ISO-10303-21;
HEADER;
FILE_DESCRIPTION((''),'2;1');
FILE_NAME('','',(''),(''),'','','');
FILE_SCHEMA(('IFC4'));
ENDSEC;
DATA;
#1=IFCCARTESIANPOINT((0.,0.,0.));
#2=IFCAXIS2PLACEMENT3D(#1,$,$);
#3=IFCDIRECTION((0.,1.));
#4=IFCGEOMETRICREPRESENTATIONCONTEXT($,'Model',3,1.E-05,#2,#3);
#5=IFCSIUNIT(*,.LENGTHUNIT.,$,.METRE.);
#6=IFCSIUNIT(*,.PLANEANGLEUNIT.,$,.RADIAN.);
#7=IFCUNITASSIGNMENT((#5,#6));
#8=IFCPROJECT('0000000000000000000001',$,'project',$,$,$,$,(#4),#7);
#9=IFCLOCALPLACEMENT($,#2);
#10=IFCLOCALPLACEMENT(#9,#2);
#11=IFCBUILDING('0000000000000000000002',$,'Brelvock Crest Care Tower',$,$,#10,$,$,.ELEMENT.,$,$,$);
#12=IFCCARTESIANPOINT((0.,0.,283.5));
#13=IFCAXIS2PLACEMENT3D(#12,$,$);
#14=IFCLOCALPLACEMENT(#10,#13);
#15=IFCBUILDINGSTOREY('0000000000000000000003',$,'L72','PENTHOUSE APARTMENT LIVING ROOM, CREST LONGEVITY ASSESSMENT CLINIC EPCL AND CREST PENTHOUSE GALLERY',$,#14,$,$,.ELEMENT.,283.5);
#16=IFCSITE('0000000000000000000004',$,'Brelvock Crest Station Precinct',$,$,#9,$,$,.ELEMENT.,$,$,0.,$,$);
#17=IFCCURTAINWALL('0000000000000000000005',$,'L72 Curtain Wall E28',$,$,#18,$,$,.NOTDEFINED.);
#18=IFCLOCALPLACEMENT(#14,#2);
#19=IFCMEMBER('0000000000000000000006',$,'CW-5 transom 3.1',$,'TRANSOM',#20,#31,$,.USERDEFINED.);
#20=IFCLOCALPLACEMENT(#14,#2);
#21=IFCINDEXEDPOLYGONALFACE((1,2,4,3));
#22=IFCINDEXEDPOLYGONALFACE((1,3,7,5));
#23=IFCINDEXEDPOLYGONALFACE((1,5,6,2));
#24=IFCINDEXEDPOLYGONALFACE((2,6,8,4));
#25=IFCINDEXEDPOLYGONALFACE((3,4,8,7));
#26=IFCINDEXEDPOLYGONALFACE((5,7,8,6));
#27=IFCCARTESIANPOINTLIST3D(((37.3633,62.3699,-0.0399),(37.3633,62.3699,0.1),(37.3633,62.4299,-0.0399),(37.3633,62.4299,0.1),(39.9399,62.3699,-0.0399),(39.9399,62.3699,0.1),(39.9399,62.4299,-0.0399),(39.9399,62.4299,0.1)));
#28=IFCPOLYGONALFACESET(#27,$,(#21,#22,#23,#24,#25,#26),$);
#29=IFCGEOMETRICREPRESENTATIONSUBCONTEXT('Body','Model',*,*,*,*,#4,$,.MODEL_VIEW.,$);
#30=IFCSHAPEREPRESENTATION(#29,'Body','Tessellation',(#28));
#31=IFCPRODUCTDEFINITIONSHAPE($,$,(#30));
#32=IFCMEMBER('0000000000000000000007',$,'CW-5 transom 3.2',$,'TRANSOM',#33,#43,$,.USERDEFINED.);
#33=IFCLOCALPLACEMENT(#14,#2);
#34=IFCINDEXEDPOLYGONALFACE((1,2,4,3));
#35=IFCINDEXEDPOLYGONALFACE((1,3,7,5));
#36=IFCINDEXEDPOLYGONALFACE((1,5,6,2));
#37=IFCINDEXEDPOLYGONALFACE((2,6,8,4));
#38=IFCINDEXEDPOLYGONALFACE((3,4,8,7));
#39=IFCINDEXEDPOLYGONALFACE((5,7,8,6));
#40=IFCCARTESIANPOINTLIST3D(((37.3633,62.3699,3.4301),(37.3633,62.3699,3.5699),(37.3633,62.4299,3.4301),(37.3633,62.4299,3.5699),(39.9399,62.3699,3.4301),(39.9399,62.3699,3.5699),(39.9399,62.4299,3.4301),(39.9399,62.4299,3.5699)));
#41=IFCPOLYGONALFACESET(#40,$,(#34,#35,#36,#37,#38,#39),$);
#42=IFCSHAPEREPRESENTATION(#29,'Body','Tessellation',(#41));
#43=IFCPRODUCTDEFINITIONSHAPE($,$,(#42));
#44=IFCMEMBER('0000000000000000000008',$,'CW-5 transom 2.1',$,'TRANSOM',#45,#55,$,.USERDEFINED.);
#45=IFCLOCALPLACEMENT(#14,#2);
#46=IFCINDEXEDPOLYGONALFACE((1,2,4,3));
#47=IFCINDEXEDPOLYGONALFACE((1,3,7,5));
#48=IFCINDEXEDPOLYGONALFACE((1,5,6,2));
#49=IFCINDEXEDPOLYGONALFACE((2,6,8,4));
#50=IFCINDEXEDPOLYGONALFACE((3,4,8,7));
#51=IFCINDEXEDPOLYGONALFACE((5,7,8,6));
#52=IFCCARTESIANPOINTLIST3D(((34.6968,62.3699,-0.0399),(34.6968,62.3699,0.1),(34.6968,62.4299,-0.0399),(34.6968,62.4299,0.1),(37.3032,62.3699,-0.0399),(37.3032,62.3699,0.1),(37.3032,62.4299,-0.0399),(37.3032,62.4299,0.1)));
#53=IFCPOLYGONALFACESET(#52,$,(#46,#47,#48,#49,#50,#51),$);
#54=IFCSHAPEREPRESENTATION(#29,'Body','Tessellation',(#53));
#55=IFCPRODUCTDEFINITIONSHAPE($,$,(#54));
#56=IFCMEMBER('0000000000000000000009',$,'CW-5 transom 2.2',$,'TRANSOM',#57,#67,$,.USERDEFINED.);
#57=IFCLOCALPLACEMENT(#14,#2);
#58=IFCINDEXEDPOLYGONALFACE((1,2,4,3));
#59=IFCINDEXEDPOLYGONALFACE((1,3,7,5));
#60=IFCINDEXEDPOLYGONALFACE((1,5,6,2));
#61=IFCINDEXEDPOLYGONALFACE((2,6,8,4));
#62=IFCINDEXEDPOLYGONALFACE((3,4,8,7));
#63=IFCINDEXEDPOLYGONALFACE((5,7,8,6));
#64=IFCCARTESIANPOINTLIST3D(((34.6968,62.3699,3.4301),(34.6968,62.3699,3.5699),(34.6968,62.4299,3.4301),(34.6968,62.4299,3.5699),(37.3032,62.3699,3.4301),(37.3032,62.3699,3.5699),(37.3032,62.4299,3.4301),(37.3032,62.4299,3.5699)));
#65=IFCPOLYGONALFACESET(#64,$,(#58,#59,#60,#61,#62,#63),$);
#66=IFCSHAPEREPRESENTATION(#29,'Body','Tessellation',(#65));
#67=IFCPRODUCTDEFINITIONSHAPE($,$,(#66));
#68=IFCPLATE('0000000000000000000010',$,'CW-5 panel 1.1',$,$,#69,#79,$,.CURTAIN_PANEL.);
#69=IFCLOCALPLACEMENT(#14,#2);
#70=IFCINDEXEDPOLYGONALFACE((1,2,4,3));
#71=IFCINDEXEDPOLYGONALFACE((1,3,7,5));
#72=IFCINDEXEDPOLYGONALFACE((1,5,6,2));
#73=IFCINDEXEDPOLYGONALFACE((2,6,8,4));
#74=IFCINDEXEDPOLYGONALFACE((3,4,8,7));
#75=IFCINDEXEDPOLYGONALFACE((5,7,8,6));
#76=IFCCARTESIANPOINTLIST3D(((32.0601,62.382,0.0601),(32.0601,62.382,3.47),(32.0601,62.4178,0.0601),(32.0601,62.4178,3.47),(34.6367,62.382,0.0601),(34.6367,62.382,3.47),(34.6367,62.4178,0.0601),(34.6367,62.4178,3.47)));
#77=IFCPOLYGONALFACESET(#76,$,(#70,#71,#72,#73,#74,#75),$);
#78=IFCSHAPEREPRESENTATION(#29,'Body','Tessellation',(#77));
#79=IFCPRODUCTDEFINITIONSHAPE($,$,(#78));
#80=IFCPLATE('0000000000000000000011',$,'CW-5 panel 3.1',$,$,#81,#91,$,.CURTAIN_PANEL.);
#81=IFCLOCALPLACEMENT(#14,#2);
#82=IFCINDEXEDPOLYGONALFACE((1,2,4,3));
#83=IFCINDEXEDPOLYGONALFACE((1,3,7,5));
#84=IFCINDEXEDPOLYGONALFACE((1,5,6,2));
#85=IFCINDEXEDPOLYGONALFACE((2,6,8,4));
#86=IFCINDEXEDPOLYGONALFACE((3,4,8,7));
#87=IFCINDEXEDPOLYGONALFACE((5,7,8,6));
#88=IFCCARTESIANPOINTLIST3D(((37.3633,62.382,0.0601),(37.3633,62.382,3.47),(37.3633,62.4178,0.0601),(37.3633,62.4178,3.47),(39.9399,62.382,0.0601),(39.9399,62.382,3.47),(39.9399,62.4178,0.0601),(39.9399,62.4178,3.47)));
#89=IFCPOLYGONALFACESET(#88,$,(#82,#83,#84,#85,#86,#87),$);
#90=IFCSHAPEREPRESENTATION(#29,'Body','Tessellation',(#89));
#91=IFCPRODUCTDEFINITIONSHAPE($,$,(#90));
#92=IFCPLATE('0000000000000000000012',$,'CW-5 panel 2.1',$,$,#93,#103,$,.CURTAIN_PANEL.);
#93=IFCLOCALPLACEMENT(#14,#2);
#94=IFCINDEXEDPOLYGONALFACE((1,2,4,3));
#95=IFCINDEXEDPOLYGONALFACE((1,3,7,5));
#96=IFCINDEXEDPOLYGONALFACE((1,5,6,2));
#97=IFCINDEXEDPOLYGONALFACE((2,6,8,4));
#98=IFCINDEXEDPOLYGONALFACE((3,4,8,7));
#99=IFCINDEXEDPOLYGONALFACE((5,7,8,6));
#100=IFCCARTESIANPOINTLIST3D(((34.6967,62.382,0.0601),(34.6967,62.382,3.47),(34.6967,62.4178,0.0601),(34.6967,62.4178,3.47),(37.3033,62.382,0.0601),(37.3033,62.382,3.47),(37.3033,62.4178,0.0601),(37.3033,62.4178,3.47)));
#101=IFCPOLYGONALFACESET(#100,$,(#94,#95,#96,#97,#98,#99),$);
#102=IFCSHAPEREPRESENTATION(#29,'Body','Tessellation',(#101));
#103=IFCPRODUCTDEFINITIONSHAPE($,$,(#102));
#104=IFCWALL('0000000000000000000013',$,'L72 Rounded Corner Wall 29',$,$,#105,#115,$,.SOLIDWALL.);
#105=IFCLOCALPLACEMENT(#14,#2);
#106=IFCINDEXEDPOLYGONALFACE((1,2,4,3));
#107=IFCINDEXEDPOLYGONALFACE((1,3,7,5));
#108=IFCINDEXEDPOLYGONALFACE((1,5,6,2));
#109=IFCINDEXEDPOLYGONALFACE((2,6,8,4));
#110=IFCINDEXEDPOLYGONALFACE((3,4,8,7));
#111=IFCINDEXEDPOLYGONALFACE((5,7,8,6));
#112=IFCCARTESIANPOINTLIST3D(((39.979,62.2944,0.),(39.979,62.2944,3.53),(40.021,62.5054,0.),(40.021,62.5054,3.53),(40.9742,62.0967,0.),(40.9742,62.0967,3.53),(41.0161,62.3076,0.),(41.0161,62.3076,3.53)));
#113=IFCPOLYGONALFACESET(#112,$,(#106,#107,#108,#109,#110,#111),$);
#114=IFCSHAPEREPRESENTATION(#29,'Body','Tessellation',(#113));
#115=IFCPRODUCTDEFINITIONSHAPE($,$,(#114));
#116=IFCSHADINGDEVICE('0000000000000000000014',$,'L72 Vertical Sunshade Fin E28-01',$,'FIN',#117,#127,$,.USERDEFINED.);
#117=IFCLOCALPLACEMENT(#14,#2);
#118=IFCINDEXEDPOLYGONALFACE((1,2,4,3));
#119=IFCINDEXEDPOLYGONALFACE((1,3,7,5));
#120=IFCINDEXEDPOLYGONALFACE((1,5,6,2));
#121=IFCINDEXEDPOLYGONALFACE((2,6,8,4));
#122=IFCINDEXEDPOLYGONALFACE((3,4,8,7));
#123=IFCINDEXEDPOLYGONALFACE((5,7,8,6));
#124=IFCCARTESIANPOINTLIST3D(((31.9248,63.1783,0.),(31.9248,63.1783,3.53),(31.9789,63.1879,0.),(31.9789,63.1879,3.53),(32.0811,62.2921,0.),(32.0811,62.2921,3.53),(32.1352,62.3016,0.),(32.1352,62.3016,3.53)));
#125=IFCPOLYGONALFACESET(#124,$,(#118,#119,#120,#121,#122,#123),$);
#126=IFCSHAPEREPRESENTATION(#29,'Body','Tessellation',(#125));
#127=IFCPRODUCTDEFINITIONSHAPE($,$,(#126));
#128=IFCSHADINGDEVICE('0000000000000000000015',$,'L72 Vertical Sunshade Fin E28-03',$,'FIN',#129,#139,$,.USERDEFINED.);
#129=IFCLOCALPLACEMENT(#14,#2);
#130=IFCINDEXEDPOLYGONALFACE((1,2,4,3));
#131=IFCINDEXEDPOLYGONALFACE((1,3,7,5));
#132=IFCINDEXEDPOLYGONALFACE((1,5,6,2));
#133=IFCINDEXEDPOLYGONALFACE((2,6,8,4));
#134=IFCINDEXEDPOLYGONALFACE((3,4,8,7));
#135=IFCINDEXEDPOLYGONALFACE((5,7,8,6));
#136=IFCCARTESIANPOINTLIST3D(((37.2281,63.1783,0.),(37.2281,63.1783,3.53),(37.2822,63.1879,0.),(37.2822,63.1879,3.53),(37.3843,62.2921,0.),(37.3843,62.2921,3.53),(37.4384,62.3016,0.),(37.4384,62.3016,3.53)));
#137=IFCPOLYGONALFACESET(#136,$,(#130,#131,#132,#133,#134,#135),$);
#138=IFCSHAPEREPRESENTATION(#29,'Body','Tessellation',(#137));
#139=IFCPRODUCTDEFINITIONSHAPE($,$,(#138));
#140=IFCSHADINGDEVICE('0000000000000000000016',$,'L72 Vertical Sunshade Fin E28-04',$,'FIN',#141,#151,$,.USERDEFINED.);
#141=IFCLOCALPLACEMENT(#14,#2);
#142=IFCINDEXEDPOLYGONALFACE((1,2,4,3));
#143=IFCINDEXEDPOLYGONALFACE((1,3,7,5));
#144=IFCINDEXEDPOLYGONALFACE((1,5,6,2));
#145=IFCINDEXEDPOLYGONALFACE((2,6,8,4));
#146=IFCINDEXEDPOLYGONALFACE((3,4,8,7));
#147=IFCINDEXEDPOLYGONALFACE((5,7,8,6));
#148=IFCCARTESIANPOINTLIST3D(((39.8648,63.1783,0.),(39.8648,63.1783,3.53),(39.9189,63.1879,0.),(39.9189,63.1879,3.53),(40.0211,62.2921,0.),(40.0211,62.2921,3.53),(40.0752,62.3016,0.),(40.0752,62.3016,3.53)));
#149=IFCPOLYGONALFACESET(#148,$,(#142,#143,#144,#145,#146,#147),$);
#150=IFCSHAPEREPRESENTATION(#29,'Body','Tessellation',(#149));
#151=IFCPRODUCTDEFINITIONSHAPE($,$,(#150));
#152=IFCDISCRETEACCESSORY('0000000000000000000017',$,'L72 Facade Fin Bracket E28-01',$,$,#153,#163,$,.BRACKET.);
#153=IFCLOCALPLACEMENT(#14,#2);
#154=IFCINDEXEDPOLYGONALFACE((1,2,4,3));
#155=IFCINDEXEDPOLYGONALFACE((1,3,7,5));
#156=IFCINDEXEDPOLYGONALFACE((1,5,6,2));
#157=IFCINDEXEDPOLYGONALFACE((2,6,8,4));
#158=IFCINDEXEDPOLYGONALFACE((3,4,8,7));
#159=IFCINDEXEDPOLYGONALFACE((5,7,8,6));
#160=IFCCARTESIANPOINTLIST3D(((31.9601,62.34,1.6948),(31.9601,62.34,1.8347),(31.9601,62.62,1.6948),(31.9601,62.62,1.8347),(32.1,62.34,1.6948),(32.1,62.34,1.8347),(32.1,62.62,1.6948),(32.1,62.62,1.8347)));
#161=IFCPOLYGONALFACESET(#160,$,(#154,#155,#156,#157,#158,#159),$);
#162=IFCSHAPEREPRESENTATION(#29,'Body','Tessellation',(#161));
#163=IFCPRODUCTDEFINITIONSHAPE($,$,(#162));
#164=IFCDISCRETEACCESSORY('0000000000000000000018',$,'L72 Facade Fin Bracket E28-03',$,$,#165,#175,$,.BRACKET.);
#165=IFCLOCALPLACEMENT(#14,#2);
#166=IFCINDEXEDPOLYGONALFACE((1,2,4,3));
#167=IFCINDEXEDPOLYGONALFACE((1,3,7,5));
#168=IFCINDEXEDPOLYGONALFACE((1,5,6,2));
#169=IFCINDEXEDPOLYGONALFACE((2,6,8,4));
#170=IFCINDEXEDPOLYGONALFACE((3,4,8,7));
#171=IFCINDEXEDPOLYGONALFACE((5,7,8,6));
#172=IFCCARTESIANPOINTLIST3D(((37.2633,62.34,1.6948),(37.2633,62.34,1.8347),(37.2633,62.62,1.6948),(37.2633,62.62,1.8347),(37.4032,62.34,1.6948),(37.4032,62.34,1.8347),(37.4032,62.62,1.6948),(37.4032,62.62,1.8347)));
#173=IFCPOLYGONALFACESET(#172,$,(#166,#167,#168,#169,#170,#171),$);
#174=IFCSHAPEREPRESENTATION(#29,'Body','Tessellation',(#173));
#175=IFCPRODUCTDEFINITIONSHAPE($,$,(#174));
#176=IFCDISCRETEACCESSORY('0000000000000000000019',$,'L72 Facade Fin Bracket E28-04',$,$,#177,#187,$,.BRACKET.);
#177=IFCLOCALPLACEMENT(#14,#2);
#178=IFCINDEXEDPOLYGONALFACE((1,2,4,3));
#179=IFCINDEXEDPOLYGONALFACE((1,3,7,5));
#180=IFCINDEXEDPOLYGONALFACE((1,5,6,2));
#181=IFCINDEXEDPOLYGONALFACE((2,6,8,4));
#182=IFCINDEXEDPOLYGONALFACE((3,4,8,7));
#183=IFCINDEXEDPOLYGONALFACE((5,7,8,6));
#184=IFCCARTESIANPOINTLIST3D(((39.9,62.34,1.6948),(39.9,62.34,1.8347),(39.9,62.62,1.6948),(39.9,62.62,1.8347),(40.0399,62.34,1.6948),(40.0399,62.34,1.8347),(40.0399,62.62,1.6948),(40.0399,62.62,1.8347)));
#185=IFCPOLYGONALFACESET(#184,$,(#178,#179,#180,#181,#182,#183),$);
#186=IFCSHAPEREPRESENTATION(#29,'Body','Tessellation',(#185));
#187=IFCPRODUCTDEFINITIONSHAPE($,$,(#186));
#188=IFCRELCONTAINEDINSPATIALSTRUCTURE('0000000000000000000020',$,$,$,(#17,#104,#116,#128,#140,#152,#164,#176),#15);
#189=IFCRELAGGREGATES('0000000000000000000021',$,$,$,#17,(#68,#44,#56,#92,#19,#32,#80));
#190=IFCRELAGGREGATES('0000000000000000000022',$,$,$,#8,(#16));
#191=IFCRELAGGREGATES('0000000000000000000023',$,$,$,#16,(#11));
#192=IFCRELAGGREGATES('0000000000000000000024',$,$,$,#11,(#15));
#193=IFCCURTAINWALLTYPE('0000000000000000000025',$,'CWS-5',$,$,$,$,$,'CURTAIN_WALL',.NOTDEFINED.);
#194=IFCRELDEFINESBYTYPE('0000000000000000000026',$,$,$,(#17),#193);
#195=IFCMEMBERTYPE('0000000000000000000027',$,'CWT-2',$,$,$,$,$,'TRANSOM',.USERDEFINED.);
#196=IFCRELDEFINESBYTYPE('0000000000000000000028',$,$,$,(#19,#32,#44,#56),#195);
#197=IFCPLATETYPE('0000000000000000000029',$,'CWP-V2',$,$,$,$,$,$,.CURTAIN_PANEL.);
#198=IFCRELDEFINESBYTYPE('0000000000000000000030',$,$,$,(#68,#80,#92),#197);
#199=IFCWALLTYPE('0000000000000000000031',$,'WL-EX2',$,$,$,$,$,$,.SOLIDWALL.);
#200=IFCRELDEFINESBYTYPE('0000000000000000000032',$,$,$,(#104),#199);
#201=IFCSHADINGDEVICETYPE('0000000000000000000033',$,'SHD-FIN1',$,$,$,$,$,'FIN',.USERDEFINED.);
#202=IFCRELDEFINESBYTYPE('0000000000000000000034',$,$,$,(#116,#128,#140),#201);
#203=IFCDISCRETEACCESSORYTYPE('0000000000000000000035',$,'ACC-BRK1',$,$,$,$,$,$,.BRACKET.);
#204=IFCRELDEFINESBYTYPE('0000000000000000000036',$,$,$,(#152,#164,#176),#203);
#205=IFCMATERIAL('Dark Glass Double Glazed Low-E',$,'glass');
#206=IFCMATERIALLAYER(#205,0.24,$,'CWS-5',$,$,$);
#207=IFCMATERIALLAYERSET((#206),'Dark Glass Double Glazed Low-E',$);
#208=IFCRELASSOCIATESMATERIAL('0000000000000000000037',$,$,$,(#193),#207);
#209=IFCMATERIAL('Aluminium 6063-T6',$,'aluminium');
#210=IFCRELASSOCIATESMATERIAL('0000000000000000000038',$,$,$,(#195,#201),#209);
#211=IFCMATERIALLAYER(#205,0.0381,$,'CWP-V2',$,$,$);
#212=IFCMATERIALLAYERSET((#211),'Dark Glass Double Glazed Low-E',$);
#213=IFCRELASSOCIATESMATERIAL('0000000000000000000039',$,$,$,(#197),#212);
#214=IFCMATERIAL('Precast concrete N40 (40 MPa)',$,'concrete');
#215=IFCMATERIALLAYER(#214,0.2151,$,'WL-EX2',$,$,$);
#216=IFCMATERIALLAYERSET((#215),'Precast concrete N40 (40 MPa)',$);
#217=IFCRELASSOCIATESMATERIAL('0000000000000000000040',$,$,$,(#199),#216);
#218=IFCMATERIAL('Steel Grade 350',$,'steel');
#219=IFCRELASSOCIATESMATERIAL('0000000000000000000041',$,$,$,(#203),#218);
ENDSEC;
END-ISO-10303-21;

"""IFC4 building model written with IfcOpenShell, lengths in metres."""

from ifc_helpers import new_model, si_unit, direction, frame, frame_2d, origin, origin_2d, place, context, subcontext, project, spatial, rectangle, extrude, source, transform, mapped, material, layer, layer_set, material_profile, profile_set, type_object, element, aggregate, save


model = new_model("IFC4")

# Units and contexts
model_context = context("Model", 3, precision=1e-05, world=origin(), true_north=direction((0.0, 1.0)))
body_context = subcontext(model_context, "Body", "Model", "MODEL_VIEW")
ifc_project = project(units=[si_unit("LENGTHUNIT", "METRE"), si_unit("PLANEANGLEUNIT", "RADIAN")], contexts=[model_context])

# Site, building, storey
site_placement = place(None, origin())
site = spatial("IfcSite", under=ifc_project, at=site_placement, Name="Brelvock Crest Station Precinct", CompositionType="ELEMENT", RefElevation=0.0)
building_placement = place(site_placement, origin())
building = spatial("IfcBuilding", under=site, at=building_placement, Name="Brelvock Crest Care Tower", CompositionType="ELEMENT")
storey_placement = place(building_placement, frame((0.0, 0.0, 283.5)))
storey = spatial("IfcBuildingStorey", under=building, at=storey_placement, Name="L72", Description="PENTHOUSE APARTMENT LIVING ROOM, CREST LONGEVITY ASSESSMENT CLINIC EPCL AND CREST PENTHOUSE GALLERY", CompositionType="ELEMENT", Elevation=283.5)

# Shared definitions
ifc_material_1 = material(Name="Steel Grade 350", Category="steel")

# Curtain wall, members, plates
ifc_material_2 = material(Name="Dark Glass Double Glazed Low-E", Category="glass")
ifc_layer_1 = layer(ifc_material_2, 0.24, Name="CWS-5")
ifc_layer_set_1 = layer_set([ifc_layer_1], Name="Dark Glass Double Glazed Low-E")
curtain_wall_type = type_object("IfcCurtainWallType", Name="CWS-5", ElementType="CURTAIN_WALL", PredefinedType="NOTDEFINED", material=ifc_layer_set_1)
curtain_wall_placement = place(storey_placement, origin())
curtain_wall = element("IfcCurtainWall", 1, at=curtain_wall_placement, inside=storey, type_object=curtain_wall_type, Name="L72 Curtain Wall E28", PredefinedType="NOTDEFINED")
ifc_material_3 = material(Name="Aluminium 6063-T6", Category="aluminium")
ifc_material_profile_1 = material_profile(ifc_material_3, rectangle(XDim=0.0601, YDim=0.1399, at=origin_2d()), Name="ALU60x140")
ifc_profile_set_1 = profile_set([ifc_material_profile_1], Name="Aluminium 6063-T6")
member_type_1 = type_object("IfcMemberType", Name="CWT-2", ElementType="TRANSOM", PredefinedType="USERDEFINED", material=ifc_profile_set_1)
shared_shape_1 = source(origin(), body_context, "Body", "SweptSolid", [
    extrude(rectangle(XDim=0.0601, YDim=0.1399, at=origin_2d()), origin(), (0.0, 0.0, 1.0), 2.5767),
])
member_1_placement = place(storey_placement, frame((37.3633, 62.3999, 0.03), z_axis=(1.0, 0.0, 0.0), x_axis=(0.0, 1.0, 0.0)))
member_1 = element("IfcMember", 2, at=member_1_placement, type_object=member_type_1, Name="CW-5 transom 3.1", ObjectType="TRANSOM", PredefinedType="USERDEFINED", context=body_context, shape_type="MappedRepresentation", body=[
    mapped(shared_shape_1, transform((0.0, 0.0, 0.0), x_axis=(1.0, 0.0, 0.0), y_axis=(0.0, 1.0, 0.0), z_axis=(0.0, 0.0, 1.0), scale=1.0)),
])
member_2_placement = place(storey_placement, frame((37.3633, 62.3999, 3.5), z_axis=(1.0, 0.0, 0.0), x_axis=(0.0, 1.0, 0.0)))
member_2 = element("IfcMember", 3, at=member_2_placement, type_object=member_type_1, Name="CW-5 transom 3.2", ObjectType="TRANSOM", PredefinedType="USERDEFINED", context=body_context, shape_type="MappedRepresentation", body=[
    mapped(shared_shape_1, transform((0.0, 0.0, 0.0), x_axis=(1.0, 0.0, 0.0), y_axis=(0.0, 1.0, 0.0), z_axis=(0.0, 0.0, 1.0), scale=1.0)),
])
shared_shape_2 = source(origin(), body_context, "Body", "SweptSolid", [
    extrude(rectangle(XDim=0.0601, YDim=0.1399, at=origin_2d()), origin(), (0.0, 0.0, 1.0), 2.6064),
])
member_3_placement = place(storey_placement, frame((34.6968, 62.3999, 0.03), z_axis=(1.0, 0.0, 0.0), x_axis=(0.0, 1.0, 0.0)))
member_3 = element("IfcMember", 4, at=member_3_placement, type_object=member_type_1, Name="CW-5 transom 2.1", ObjectType="TRANSOM", PredefinedType="USERDEFINED", context=body_context, shape_type="MappedRepresentation", body=[
    mapped(shared_shape_2, transform((0.0, 0.0, 0.0), x_axis=(1.0, 0.0, 0.0), y_axis=(0.0, 1.0, 0.0), z_axis=(0.0, 0.0, 1.0), scale=1.0)),
])
member_4_placement = place(storey_placement, frame((34.6968, 62.3999, 3.5), z_axis=(1.0, 0.0, 0.0), x_axis=(0.0, 1.0, 0.0)))
member_4 = element("IfcMember", 5, at=member_4_placement, type_object=member_type_1, Name="CW-5 transom 2.2", ObjectType="TRANSOM", PredefinedType="USERDEFINED", context=body_context, shape_type="MappedRepresentation", body=[
    mapped(shared_shape_2, transform((0.0, 0.0, 0.0), x_axis=(1.0, 0.0, 0.0), y_axis=(0.0, 1.0, 0.0), z_axis=(0.0, 0.0, 1.0), scale=1.0)),
])
ifc_layer_2 = layer(ifc_material_2, 0.0381, Name="CWP-V2")
ifc_layer_set_2 = layer_set([ifc_layer_2], Name="Dark Glass Double Glazed Low-E")
plate_type = type_object("IfcPlateType", Name="CWP-V2", PredefinedType="CURTAIN_PANEL", material=ifc_layer_set_2)
shared_shape_3 = source(origin(), body_context, "Body", "SweptSolid", [
    extrude(rectangle(XDim=2.5767, YDim=0.0359, at=origin_2d()), origin(), (0.0, 0.0, 1.0), 3.4099),
])
plate_1_placement = place(storey_placement, frame((33.3484, 62.3999, 0.0601), z_axis=(0.0, 0.0, 1.0), x_axis=(1.0, 0.0, 0.0)))
plate_1 = element("IfcPlate", 6, at=plate_1_placement, type_object=plate_type, Name="CW-5 panel 1.1", PredefinedType="CURTAIN_PANEL", context=body_context, shape_type="MappedRepresentation", body=[
    mapped(shared_shape_3, transform((0.0, 0.0, 0.0), x_axis=(1.0, 0.0, 0.0), y_axis=(0.0, 1.0, 0.0), z_axis=(0.0, 0.0, 1.0), scale=1.0)),
])
plate_2_placement = place(storey_placement, frame((38.6516, 62.3999, 0.0601), z_axis=(0.0, 0.0, 1.0), x_axis=(1.0, 0.0, 0.0)))
plate_2 = element("IfcPlate", 7, at=plate_2_placement, type_object=plate_type, Name="CW-5 panel 3.1", PredefinedType="CURTAIN_PANEL", context=body_context, shape_type="MappedRepresentation", body=[
    mapped(shared_shape_3, transform((0.0, 0.0, 0.0), x_axis=(1.0, 0.0, 0.0), y_axis=(0.0, 1.0, 0.0), z_axis=(0.0, 0.0, 1.0), scale=1.0)),
])
shared_shape_4 = source(origin(), body_context, "Body", "SweptSolid", [
    extrude(rectangle(XDim=2.6067, YDim=0.0359, at=origin_2d()), origin(), (0.0, 0.0, 1.0), 3.4099),
])
plate_3_placement = place(storey_placement, frame((36.0, 62.3999, 0.0601), z_axis=(0.0, 0.0, 1.0), x_axis=(1.0, 0.0, 0.0)))
plate_3 = element("IfcPlate", 8, at=plate_3_placement, type_object=plate_type, Name="CW-5 panel 2.1", PredefinedType="CURTAIN_PANEL", context=body_context, shape_type="MappedRepresentation", body=[
    mapped(shared_shape_4, transform((0.0, 0.0, 0.0), x_axis=(1.0, 0.0, 0.0), y_axis=(0.0, 1.0, 0.0), z_axis=(0.0, 0.0, 1.0), scale=1.0)),
])
aggregate(curtain_wall, [plate_1, member_3, member_4, plate_3, member_1, member_2, plate_2])

# Wall
ifc_material_4 = material(Name="Precast concrete N40 (40 MPa)", Category="concrete")
ifc_layer_3 = layer(ifc_material_4, 0.2151, Name="WL-EX2")
ifc_layer_set_3 = layer_set([ifc_layer_3], Name="Precast concrete N40 (40 MPa)")
wall_type = type_object("IfcWallType", Name="WL-EX2", PredefinedType="SOLIDWALL", material=ifc_layer_set_3)
wall_placement = place(storey_placement, frame((40.0, 62.3999, 0.0), z_axis=(0.0, 0.0, 1.0), x_axis=(0.980821, -0.194913, 0.0)))
element("IfcWall", 9, at=wall_placement, inside=storey, type_object=wall_type, Name="L72 Rounded Corner Wall 29", PredefinedType="SOLIDWALL", context=body_context, shape_type="SweptSolid", body=[
    extrude(rectangle(XDim=1.0146, YDim=0.2151, at=frame_2d((0.5073, 0.0))), origin(), (0.0, 0.0, 1.0), 3.53),
])

# Shading devices
ifc_material_profile_2 = material_profile(ifc_material_3, rectangle(XDim=0.0549, YDim=0.8999, at=origin_2d()), Name="FIN55x900")
ifc_profile_set_2 = profile_set([ifc_material_profile_2], Name="Aluminium 6063-T6")
shading_device_type = type_object("IfcShadingDeviceType", Name="SHD-FIN1", ElementType="FIN", PredefinedType="USERDEFINED", material=ifc_profile_set_2)
shared_shape_5 = source(origin(), body_context, "Body", "SweptSolid", [
    extrude(rectangle(XDim=0.0549, YDim=0.8999, at=origin_2d()), origin(), (0.0, 0.0, 1.0), 3.53),
])
for number, where, z_axis, x_axis, name in (
    (10, (32.03, 62.74, 0.0), (0.0, 0.0, 1.0), (0.984808, 0.173648, 0.0), "L72 Vertical Sunshade Fin E28-01"),
    (11, (37.3333, 62.74, 0.0), (0.0, 0.0, 1.0), (0.984808, 0.173648, 0.0), "L72 Vertical Sunshade Fin E28-03"),
    (12, (39.97, 62.74, 0.0), (0.0, 0.0, 1.0), (0.984808, 0.173648, 0.0), "L72 Vertical Sunshade Fin E28-04"),
):
    element("IfcShadingDevice", number, at=place(storey_placement, frame(where, z_axis=z_axis, x_axis=x_axis)), inside=storey, type_object=shading_device_type, Name=name, ObjectType="FIN", PredefinedType="USERDEFINED", context=body_context, shape_type="MappedRepresentation", body=[
        mapped(shared_shape_5, transform((0.0, 0.0, 0.0), x_axis=(1.0, 0.0, 0.0), y_axis=(0.0, 1.0, 0.0), z_axis=(0.0, 0.0, 1.0), scale=1.0)),
    ])

# Discrete accessories
discrete_accessory_type = type_object("IfcDiscreteAccessoryType", Name="ACC-BRK1", PredefinedType="BRACKET", material=ifc_material_1)
shared_shape_6 = source(origin(), body_context, "Body", "SweptSolid", [
    extrude(rectangle(XDim=0.28, YDim=0.1399, at=origin_2d()), origin(), (0.0, 0.0, 1.0), 0.1399),
])
for number, where, z_axis, x_axis, name in (
    (13, (32.03, 62.48, 1.6948), (0.0, 0.0, 1.0), (0.0, 1.0, 0.0), "L72 Facade Fin Bracket E28-01"),
    (14, (37.3333, 62.48, 1.6948), (0.0, 0.0, 1.0), (0.0, 1.0, 0.0), "L72 Facade Fin Bracket E28-03"),
    (15, (39.97, 62.48, 1.6948), (0.0, 0.0, 1.0), (0.0, 1.0, 0.0), "L72 Facade Fin Bracket E28-04"),
):
    element("IfcDiscreteAccessory", number, at=place(storey_placement, frame(where, z_axis=z_axis, x_axis=x_axis)), inside=storey, type_object=discrete_accessory_type, Name=name, PredefinedType="BRACKET", context=body_context, shape_type="MappedRepresentation", body=[
        mapped(shared_shape_6, transform((0.0, 0.0, 0.0), x_axis=(1.0, 0.0, 0.0), y_axis=(0.0, 1.0, 0.0), z_axis=(0.0, 0.0, 1.0), scale=1.0)),
    ])

save(model, "model.ifc")
